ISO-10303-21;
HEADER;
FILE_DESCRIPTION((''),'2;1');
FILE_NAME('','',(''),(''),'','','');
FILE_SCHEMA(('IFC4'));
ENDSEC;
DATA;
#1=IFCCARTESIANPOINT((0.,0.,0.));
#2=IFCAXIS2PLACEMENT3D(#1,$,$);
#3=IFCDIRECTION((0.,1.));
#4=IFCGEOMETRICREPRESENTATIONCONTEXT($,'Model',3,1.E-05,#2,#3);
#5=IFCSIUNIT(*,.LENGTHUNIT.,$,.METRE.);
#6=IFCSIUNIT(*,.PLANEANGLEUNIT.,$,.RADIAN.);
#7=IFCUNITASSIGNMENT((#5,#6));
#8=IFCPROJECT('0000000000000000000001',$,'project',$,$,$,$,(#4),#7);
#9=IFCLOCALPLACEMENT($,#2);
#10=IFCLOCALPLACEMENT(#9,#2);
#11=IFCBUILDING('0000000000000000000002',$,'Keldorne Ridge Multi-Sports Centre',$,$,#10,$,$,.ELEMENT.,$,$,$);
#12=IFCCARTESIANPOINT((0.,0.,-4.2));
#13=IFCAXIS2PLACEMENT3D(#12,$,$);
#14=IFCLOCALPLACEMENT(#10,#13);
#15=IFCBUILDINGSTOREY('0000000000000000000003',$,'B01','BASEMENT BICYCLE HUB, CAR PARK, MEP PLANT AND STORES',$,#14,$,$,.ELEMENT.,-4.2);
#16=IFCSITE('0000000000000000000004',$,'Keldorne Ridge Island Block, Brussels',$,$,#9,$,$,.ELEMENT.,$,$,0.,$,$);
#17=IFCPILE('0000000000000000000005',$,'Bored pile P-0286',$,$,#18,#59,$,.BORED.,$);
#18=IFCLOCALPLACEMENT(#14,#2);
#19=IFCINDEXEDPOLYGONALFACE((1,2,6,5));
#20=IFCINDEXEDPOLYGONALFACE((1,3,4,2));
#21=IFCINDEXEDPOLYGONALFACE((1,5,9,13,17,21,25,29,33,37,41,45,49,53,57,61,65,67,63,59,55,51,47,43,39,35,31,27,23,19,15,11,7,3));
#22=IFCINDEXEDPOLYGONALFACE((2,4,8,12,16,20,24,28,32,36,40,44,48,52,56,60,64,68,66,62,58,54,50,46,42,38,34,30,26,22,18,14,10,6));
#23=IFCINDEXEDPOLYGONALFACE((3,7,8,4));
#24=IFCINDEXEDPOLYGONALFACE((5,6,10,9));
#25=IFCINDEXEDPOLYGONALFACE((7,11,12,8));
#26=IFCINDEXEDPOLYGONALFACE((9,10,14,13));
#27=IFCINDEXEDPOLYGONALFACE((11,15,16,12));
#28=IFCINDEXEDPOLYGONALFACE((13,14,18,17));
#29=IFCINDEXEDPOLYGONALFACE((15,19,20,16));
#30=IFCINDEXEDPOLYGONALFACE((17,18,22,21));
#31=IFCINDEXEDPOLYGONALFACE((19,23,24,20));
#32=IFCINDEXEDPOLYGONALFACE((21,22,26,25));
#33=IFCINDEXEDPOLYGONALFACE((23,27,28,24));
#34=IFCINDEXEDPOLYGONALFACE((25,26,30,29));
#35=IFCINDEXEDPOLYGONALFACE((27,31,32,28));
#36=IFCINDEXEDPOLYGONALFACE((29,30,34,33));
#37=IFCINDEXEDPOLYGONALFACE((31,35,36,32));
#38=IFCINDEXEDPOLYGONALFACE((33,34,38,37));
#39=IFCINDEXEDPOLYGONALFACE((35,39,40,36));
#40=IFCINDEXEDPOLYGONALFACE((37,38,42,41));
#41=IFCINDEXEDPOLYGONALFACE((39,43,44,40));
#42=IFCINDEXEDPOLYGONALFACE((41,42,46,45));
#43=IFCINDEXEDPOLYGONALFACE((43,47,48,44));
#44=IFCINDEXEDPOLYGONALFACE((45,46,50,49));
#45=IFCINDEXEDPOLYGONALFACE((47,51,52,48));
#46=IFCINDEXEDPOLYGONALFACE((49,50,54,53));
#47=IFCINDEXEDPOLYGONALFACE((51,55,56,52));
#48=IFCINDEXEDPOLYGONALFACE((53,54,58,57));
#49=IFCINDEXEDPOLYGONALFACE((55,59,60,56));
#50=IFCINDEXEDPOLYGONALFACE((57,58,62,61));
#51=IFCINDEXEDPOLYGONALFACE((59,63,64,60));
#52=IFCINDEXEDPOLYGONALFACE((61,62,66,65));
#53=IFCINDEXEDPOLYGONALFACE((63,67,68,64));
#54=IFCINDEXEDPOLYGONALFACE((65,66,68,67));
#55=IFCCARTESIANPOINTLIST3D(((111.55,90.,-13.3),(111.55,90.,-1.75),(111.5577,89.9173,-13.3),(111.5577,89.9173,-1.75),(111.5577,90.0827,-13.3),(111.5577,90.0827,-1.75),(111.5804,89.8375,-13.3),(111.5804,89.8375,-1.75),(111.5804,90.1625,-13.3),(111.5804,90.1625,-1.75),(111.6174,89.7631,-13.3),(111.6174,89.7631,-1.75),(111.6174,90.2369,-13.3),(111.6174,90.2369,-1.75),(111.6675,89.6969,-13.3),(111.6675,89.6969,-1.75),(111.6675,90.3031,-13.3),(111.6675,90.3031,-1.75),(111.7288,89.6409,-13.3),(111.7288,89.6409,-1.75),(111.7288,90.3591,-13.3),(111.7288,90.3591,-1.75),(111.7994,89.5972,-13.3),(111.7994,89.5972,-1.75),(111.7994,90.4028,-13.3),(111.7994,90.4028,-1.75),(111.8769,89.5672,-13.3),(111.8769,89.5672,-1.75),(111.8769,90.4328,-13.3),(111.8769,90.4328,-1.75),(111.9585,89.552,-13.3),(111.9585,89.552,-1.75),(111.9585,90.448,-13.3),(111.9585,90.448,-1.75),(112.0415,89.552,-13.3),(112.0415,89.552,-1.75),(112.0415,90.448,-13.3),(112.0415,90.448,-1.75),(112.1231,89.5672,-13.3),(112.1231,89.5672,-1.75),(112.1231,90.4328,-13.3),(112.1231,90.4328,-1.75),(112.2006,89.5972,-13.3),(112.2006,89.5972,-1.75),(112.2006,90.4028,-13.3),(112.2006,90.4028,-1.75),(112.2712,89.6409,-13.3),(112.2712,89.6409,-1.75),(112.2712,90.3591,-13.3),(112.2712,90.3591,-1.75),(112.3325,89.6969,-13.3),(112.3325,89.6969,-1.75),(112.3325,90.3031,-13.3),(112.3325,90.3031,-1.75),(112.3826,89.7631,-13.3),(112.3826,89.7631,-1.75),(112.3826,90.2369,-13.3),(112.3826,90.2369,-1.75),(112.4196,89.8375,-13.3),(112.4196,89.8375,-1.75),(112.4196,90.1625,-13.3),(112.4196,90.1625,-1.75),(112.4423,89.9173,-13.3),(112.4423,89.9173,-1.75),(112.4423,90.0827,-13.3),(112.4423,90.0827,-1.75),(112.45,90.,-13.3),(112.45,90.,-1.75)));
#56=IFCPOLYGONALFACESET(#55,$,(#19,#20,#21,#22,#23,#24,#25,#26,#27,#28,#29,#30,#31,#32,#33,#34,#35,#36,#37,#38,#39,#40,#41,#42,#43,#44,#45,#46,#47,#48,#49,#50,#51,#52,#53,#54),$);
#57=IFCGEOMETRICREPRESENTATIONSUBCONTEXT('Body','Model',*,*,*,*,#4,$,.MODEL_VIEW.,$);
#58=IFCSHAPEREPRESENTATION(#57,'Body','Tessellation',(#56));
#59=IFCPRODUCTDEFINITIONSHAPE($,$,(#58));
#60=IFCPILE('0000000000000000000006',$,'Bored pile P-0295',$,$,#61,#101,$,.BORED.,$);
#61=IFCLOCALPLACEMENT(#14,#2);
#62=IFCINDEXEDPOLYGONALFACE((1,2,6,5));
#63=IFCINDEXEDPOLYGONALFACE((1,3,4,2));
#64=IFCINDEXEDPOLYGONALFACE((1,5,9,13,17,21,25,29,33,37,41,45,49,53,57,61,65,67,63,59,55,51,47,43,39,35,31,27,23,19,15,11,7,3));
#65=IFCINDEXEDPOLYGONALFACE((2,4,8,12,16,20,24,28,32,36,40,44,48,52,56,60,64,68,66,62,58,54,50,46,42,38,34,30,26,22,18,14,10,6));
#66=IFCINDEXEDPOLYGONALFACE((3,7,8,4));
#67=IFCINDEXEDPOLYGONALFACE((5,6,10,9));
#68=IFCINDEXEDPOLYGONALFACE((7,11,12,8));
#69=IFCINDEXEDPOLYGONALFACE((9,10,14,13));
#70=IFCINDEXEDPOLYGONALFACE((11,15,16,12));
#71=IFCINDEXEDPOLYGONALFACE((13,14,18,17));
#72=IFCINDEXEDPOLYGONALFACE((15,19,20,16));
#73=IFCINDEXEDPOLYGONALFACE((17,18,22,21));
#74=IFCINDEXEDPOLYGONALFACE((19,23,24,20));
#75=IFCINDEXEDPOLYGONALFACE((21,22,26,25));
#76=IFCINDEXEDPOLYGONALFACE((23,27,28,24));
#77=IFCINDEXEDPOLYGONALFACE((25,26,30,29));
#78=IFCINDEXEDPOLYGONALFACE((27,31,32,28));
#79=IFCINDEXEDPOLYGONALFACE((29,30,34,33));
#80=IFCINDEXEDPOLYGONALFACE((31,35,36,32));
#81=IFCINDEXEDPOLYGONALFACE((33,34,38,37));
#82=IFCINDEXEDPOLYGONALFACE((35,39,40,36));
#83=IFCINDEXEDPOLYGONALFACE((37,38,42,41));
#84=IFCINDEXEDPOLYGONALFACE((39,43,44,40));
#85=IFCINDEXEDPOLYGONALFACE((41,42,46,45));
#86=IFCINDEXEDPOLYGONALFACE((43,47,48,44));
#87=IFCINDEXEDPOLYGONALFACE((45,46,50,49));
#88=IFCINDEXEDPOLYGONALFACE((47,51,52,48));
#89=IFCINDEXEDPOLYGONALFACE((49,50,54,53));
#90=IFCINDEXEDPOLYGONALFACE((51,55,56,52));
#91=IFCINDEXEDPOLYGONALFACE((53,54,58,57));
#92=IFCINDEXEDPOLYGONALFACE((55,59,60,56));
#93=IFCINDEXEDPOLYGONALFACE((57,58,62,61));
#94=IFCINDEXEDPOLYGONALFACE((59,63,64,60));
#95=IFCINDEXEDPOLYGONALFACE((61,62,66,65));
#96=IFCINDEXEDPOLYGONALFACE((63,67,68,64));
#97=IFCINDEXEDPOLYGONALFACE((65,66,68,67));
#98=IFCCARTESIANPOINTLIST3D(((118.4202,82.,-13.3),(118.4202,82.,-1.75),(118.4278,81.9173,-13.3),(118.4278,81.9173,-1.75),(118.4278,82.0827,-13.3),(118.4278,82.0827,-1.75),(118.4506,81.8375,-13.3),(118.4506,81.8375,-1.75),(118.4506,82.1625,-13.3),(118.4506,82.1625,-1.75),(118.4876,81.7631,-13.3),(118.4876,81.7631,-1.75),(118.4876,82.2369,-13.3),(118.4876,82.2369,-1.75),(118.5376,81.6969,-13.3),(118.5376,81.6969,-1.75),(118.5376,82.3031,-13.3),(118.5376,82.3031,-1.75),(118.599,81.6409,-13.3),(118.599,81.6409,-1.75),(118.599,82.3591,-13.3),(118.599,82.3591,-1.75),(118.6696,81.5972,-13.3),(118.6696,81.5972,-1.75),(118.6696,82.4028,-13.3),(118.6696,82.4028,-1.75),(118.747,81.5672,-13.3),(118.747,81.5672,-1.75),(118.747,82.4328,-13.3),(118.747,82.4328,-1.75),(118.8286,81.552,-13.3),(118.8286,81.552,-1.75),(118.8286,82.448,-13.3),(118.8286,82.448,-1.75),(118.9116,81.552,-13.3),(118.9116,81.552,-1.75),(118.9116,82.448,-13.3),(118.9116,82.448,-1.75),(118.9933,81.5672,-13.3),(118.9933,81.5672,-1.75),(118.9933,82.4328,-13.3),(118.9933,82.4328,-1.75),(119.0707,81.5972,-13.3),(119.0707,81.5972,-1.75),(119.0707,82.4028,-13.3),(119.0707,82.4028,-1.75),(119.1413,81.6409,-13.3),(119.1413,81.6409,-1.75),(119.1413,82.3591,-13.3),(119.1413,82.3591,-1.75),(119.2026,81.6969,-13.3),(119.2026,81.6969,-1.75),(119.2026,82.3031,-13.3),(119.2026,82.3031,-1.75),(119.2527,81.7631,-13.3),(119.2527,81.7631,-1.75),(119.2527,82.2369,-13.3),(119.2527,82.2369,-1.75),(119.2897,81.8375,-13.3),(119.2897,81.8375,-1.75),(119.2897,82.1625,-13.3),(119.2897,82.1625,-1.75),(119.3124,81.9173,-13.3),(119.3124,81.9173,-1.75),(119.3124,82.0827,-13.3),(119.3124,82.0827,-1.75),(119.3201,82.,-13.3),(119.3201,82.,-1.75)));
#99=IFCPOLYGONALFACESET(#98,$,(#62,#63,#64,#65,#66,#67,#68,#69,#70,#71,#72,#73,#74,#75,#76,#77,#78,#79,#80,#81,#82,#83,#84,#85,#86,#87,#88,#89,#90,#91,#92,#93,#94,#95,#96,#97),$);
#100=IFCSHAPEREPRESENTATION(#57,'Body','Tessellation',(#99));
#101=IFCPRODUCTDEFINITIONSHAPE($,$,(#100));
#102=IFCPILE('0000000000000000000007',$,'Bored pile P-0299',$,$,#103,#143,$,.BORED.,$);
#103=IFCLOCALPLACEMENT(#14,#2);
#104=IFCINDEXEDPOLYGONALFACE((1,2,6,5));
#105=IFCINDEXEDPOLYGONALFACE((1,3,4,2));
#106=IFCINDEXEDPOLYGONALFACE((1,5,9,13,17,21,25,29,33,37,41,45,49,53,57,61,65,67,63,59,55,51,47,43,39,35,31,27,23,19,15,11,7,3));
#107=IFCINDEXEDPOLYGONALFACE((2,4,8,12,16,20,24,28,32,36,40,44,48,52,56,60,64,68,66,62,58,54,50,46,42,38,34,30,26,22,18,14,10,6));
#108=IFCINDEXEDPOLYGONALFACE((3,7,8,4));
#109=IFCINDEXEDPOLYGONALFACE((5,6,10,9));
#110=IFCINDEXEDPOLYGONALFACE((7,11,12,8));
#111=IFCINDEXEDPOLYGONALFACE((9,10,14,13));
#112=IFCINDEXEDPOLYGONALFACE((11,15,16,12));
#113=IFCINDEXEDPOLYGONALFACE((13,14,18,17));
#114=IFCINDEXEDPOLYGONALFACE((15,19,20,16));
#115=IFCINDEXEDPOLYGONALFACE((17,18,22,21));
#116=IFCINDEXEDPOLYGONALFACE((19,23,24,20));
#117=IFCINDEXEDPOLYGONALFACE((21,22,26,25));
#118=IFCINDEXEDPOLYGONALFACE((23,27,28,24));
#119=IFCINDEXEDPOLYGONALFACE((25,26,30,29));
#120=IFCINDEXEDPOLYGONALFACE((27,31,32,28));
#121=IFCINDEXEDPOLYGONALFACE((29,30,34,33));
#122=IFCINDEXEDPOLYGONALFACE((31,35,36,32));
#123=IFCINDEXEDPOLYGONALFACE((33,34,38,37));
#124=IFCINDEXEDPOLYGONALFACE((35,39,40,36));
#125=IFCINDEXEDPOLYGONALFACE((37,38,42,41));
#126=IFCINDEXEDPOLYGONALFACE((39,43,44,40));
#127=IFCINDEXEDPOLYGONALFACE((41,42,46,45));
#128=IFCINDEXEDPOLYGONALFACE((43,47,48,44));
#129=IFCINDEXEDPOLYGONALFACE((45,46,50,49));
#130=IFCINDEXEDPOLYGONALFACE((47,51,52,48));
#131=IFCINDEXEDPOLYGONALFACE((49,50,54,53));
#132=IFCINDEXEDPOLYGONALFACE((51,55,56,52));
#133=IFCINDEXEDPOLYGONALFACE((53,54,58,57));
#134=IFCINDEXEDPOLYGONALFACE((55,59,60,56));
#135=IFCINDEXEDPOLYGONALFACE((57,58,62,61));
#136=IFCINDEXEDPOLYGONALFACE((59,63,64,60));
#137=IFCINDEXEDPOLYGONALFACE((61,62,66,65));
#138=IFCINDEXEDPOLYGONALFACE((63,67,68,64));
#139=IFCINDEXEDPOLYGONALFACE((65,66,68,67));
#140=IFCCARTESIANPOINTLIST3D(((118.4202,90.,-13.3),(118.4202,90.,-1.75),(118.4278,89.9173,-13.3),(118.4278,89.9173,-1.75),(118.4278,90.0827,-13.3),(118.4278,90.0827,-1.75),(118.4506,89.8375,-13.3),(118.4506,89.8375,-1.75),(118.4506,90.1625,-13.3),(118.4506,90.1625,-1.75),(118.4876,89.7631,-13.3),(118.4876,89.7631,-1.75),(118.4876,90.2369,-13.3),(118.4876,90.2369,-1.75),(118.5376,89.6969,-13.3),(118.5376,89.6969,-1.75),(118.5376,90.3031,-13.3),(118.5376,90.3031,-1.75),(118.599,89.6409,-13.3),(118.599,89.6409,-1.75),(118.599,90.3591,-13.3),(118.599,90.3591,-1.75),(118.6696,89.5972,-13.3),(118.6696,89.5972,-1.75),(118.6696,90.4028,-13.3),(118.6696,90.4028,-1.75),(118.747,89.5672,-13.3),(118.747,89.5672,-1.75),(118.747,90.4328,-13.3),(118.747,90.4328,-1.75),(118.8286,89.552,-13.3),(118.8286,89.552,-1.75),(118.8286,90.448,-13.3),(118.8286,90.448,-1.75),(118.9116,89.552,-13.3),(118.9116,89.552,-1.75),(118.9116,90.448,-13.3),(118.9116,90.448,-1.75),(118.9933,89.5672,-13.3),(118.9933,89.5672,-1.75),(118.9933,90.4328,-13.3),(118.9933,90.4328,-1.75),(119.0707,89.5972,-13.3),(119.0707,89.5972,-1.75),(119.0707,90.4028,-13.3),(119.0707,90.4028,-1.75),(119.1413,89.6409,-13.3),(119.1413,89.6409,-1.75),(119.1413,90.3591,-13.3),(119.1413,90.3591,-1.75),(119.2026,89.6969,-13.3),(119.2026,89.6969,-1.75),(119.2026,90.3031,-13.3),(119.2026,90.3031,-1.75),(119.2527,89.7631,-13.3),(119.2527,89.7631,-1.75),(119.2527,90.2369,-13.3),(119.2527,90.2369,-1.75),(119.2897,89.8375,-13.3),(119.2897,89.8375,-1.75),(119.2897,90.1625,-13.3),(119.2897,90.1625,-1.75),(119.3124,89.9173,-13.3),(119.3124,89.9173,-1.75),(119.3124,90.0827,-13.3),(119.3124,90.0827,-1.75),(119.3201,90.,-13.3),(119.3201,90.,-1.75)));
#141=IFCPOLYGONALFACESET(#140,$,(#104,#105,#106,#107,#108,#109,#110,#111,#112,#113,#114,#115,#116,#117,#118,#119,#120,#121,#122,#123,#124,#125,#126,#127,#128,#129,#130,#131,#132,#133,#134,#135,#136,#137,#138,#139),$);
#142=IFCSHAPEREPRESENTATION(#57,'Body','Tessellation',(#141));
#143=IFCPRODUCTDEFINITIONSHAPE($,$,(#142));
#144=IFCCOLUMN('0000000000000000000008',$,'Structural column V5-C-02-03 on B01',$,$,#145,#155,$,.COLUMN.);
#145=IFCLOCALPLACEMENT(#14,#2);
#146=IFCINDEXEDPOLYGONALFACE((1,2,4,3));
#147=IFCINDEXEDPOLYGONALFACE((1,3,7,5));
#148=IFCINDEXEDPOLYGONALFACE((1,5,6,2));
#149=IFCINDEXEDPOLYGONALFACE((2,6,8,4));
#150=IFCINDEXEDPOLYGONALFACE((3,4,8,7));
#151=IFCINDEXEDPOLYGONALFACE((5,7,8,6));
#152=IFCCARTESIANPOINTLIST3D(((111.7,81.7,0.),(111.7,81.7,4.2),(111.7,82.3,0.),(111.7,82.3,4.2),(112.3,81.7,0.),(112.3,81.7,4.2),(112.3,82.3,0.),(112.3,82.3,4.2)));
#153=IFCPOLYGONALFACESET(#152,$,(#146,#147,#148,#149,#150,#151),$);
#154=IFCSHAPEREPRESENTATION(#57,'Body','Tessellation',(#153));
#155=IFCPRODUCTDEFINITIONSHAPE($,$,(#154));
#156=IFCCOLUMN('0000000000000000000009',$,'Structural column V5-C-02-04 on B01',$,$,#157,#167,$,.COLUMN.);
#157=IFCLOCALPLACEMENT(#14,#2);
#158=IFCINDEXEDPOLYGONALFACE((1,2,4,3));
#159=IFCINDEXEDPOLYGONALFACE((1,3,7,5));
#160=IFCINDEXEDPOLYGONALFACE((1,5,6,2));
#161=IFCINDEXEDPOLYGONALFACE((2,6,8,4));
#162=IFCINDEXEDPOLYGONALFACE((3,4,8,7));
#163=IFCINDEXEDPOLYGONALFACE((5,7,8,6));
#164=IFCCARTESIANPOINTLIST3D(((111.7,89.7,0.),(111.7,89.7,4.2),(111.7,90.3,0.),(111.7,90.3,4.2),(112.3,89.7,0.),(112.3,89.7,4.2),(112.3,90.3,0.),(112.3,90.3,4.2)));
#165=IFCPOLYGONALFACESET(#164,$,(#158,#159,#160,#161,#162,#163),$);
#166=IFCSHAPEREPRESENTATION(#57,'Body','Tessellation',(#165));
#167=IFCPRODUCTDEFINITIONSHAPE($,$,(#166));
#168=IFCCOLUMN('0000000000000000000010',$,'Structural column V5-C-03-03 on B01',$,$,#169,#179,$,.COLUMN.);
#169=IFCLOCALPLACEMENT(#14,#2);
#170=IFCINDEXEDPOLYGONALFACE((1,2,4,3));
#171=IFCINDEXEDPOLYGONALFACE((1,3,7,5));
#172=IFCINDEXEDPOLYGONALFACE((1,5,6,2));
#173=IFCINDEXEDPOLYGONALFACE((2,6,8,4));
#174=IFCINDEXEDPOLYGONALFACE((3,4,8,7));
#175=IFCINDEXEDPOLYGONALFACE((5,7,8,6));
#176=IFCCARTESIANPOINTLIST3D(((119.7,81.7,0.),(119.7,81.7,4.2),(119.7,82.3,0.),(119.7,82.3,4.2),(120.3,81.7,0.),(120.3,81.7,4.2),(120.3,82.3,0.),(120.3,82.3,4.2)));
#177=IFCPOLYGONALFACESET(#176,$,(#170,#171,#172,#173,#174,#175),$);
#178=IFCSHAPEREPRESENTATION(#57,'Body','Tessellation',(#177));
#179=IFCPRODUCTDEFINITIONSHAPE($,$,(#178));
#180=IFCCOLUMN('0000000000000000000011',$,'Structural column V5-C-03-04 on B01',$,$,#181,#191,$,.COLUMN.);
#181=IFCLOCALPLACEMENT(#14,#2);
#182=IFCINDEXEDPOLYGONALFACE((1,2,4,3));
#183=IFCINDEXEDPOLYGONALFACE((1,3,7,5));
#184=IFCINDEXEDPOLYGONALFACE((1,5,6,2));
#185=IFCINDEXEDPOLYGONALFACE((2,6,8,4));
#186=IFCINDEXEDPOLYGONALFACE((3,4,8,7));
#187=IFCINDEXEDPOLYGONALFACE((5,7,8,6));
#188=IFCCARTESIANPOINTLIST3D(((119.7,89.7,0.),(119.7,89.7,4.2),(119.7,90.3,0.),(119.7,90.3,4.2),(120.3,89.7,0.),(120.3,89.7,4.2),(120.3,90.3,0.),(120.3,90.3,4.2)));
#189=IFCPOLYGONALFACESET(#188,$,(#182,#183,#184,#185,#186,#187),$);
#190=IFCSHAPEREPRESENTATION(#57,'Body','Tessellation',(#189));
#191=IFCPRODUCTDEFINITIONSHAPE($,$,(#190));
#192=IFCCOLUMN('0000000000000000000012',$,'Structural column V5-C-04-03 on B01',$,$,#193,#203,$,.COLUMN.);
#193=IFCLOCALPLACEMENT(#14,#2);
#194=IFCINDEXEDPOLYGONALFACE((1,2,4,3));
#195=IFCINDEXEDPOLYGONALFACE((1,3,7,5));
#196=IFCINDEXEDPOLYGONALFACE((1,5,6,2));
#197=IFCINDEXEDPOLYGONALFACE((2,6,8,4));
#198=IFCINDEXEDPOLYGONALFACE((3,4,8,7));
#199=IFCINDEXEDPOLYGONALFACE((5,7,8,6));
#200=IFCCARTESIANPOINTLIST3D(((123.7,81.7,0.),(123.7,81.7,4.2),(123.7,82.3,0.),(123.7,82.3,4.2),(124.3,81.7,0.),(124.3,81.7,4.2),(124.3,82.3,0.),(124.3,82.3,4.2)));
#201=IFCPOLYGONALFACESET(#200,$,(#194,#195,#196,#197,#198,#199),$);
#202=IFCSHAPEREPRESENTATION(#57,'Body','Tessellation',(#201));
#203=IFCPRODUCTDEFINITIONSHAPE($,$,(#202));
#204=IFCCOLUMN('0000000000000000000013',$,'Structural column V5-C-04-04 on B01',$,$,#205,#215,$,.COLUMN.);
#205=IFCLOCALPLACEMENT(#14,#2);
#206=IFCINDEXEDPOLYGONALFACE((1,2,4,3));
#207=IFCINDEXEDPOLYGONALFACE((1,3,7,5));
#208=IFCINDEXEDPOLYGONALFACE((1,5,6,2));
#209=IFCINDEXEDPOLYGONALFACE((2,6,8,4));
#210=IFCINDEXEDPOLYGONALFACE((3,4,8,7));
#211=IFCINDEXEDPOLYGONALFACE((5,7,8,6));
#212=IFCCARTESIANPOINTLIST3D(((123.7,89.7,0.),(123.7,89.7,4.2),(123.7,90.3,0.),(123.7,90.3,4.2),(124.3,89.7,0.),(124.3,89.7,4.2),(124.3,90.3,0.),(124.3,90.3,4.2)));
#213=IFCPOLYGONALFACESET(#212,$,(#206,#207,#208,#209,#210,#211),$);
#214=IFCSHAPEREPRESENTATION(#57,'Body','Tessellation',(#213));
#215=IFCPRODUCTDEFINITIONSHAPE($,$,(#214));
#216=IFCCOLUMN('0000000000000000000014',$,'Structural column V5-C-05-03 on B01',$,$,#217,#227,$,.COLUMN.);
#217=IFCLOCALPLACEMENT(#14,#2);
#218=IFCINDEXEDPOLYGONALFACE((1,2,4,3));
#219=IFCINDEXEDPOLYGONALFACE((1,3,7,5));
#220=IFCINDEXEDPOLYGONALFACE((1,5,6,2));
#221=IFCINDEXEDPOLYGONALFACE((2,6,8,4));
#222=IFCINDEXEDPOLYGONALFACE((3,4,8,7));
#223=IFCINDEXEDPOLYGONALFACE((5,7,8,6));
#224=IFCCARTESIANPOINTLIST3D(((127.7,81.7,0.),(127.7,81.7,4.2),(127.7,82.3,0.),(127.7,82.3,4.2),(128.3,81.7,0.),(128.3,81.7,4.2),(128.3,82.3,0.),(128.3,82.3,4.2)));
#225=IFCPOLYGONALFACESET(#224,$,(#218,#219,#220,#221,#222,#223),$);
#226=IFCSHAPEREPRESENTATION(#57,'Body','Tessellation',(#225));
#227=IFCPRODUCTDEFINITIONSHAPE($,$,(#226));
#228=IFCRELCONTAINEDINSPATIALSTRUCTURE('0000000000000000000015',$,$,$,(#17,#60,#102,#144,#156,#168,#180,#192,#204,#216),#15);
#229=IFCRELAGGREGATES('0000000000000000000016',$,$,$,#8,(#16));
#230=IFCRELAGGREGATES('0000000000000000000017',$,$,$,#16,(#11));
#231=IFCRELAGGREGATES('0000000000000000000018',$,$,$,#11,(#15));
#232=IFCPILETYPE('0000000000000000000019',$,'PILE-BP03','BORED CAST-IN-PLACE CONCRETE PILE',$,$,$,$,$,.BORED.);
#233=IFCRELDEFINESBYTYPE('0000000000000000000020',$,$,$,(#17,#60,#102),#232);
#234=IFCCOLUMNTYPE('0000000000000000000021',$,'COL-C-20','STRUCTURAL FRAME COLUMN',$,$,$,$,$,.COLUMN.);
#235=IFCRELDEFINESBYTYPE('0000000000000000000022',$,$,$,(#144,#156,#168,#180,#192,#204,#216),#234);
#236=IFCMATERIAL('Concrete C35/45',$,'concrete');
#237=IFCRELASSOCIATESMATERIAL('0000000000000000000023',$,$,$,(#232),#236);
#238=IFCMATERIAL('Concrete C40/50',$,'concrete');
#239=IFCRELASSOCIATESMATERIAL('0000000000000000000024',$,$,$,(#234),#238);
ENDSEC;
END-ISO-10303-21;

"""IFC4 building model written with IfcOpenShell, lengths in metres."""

from ifc_helpers import new_model, si_unit, direction, frame, origin, origin_2d, place, context, subcontext, project, spatial, rectangle, circle, extrude, material, material_profile, profile_set, type_object, element, save


model = new_model("IFC4")

# Units and contexts
model_context = context("Model", 3, precision=1e-05, world=origin(), true_north=direction((0.0, 1.0)))
body_context = subcontext(model_context, "Body", "Model", "MODEL_VIEW")
ifc_project = project(units=[si_unit("LENGTHUNIT", "METRE"), si_unit("PLANEANGLEUNIT", "RADIAN")], contexts=[model_context])

# Site, building, storey
site_placement = place(None, origin())
site = spatial("IfcSite", under=ifc_project, at=site_placement, Name="Keldorne Ridge Island Block, Brussels", CompositionType="ELEMENT", RefElevation=0.0)
building_placement = place(site_placement, origin())
building = spatial("IfcBuilding", under=site, at=building_placement, Name="Keldorne Ridge Multi-Sports Centre", CompositionType="ELEMENT")
storey_placement = place(building_placement, frame((0.0, 0.0, -4.2)))
storey = spatial("IfcBuildingStorey", under=building, at=storey_placement, Name="B01", Description="BASEMENT BICYCLE HUB, CAR PARK, MEP PLANT AND STORES", CompositionType="ELEMENT", Elevation=-4.2)

# Shared definitions
ifc_material_1 = material(Name="Concrete C35/45", Category="concrete")

# Piles
ifc_material_profile_1 = material_profile(ifc_material_1, circle(Radius=0.45, at=origin_2d()), Name="BORED PILE D900")
ifc_profile_set_1 = profile_set([ifc_material_profile_1], Name="Concrete C35/45")
pile_type = type_object("IfcPileType", Name="PILE-BP03", Description="BORED CAST-IN-PLACE CONCRETE PILE", PredefinedType="BORED", material=ifc_profile_set_1)
for number, where, z_axis, x_axis, name in (
    (1, (112.0, 90.0, -1.75), (0.0, 0.0, -1.0), (1.0, 0.0, 0.0), "Bored pile P-0286"),
    (2, (118.8701, 82.0, -1.75), (0.0, 0.0, -1.0), (1.0, 0.0, 0.0), "Bored pile P-0295"),
    (3, (118.8701, 90.0, -1.75), (0.0, 0.0, -1.0), (1.0, 0.0, 0.0), "Bored pile P-0299"),
):
    element("IfcPile", number, at=place(storey_placement, frame(where, z_axis=z_axis, x_axis=x_axis)), inside=storey, type_object=pile_type, Name=name, PredefinedType="BORED", context=body_context, shape_type="SweptSolid", body=[
        extrude(circle(Radius=0.45, at=origin_2d()), origin(), (0.0, 0.0, 1.0), 11.55),
    ])

# Columns
ifc_material_2 = material(Name="Concrete C40/50", Category="concrete")
ifc_material_profile_2 = material_profile(ifc_material_2, rectangle(XDim=0.6001, YDim=0.6001, at=origin_2d()), Name="RC 600x600")
ifc_profile_set_2 = profile_set([ifc_material_profile_2], Name="Concrete C40/50")
column_type = type_object("IfcColumnType", Name="COL-C-20", Description="STRUCTURAL FRAME COLUMN", PredefinedType="COLUMN", material=ifc_profile_set_2)
for number, where, z_axis, x_axis, name in (
    (4, (112.0, 82.0, 0.0), (0.0, 0.0, 1.0), (1.0, 0.0, 0.0), "Structural column V5-C-02-03 on B01"),
    (5, (112.0, 90.0, 0.0), (0.0, 0.0, 1.0), (1.0, 0.0, 0.0), "Structural column V5-C-02-04 on B01"),
    (6, (120.0, 82.0, 0.0), (0.0, 0.0, 1.0), (1.0, 0.0, 0.0), "Structural column V5-C-03-03 on B01"),
    (7, (120.0, 90.0, 0.0), (0.0, 0.0, 1.0), (1.0, 0.0, 0.0), "Structural column V5-C-03-04 on B01"),
    (8, (124.0, 82.0, 0.0), (0.0, 0.0, 1.0), (1.0, 0.0, 0.0), "Structural column V5-C-04-03 on B01"),
    (9, (124.0, 90.0, 0.0), (0.0, 0.0, 1.0), (1.0, 0.0, 0.0), "Structural column V5-C-04-04 on B01"),
    (10, (128.0, 82.0, 0.0), (0.0, 0.0, 1.0), (1.0, 0.0, 0.0), "Structural column V5-C-05-03 on B01"),
):
    element("IfcColumn", number, at=place(storey_placement, frame(where, z_axis=z_axis, x_axis=x_axis)), inside=storey, type_object=column_type, Name=name, PredefinedType="COLUMN", context=body_context, shape_type="SweptSolid", body=[
        extrude(rectangle(XDim=0.6001, YDim=0.6001, at=origin_2d()), origin(), (0.0, 0.0, 1.0), 4.2),
    ])

save(model, "model.ifc")
